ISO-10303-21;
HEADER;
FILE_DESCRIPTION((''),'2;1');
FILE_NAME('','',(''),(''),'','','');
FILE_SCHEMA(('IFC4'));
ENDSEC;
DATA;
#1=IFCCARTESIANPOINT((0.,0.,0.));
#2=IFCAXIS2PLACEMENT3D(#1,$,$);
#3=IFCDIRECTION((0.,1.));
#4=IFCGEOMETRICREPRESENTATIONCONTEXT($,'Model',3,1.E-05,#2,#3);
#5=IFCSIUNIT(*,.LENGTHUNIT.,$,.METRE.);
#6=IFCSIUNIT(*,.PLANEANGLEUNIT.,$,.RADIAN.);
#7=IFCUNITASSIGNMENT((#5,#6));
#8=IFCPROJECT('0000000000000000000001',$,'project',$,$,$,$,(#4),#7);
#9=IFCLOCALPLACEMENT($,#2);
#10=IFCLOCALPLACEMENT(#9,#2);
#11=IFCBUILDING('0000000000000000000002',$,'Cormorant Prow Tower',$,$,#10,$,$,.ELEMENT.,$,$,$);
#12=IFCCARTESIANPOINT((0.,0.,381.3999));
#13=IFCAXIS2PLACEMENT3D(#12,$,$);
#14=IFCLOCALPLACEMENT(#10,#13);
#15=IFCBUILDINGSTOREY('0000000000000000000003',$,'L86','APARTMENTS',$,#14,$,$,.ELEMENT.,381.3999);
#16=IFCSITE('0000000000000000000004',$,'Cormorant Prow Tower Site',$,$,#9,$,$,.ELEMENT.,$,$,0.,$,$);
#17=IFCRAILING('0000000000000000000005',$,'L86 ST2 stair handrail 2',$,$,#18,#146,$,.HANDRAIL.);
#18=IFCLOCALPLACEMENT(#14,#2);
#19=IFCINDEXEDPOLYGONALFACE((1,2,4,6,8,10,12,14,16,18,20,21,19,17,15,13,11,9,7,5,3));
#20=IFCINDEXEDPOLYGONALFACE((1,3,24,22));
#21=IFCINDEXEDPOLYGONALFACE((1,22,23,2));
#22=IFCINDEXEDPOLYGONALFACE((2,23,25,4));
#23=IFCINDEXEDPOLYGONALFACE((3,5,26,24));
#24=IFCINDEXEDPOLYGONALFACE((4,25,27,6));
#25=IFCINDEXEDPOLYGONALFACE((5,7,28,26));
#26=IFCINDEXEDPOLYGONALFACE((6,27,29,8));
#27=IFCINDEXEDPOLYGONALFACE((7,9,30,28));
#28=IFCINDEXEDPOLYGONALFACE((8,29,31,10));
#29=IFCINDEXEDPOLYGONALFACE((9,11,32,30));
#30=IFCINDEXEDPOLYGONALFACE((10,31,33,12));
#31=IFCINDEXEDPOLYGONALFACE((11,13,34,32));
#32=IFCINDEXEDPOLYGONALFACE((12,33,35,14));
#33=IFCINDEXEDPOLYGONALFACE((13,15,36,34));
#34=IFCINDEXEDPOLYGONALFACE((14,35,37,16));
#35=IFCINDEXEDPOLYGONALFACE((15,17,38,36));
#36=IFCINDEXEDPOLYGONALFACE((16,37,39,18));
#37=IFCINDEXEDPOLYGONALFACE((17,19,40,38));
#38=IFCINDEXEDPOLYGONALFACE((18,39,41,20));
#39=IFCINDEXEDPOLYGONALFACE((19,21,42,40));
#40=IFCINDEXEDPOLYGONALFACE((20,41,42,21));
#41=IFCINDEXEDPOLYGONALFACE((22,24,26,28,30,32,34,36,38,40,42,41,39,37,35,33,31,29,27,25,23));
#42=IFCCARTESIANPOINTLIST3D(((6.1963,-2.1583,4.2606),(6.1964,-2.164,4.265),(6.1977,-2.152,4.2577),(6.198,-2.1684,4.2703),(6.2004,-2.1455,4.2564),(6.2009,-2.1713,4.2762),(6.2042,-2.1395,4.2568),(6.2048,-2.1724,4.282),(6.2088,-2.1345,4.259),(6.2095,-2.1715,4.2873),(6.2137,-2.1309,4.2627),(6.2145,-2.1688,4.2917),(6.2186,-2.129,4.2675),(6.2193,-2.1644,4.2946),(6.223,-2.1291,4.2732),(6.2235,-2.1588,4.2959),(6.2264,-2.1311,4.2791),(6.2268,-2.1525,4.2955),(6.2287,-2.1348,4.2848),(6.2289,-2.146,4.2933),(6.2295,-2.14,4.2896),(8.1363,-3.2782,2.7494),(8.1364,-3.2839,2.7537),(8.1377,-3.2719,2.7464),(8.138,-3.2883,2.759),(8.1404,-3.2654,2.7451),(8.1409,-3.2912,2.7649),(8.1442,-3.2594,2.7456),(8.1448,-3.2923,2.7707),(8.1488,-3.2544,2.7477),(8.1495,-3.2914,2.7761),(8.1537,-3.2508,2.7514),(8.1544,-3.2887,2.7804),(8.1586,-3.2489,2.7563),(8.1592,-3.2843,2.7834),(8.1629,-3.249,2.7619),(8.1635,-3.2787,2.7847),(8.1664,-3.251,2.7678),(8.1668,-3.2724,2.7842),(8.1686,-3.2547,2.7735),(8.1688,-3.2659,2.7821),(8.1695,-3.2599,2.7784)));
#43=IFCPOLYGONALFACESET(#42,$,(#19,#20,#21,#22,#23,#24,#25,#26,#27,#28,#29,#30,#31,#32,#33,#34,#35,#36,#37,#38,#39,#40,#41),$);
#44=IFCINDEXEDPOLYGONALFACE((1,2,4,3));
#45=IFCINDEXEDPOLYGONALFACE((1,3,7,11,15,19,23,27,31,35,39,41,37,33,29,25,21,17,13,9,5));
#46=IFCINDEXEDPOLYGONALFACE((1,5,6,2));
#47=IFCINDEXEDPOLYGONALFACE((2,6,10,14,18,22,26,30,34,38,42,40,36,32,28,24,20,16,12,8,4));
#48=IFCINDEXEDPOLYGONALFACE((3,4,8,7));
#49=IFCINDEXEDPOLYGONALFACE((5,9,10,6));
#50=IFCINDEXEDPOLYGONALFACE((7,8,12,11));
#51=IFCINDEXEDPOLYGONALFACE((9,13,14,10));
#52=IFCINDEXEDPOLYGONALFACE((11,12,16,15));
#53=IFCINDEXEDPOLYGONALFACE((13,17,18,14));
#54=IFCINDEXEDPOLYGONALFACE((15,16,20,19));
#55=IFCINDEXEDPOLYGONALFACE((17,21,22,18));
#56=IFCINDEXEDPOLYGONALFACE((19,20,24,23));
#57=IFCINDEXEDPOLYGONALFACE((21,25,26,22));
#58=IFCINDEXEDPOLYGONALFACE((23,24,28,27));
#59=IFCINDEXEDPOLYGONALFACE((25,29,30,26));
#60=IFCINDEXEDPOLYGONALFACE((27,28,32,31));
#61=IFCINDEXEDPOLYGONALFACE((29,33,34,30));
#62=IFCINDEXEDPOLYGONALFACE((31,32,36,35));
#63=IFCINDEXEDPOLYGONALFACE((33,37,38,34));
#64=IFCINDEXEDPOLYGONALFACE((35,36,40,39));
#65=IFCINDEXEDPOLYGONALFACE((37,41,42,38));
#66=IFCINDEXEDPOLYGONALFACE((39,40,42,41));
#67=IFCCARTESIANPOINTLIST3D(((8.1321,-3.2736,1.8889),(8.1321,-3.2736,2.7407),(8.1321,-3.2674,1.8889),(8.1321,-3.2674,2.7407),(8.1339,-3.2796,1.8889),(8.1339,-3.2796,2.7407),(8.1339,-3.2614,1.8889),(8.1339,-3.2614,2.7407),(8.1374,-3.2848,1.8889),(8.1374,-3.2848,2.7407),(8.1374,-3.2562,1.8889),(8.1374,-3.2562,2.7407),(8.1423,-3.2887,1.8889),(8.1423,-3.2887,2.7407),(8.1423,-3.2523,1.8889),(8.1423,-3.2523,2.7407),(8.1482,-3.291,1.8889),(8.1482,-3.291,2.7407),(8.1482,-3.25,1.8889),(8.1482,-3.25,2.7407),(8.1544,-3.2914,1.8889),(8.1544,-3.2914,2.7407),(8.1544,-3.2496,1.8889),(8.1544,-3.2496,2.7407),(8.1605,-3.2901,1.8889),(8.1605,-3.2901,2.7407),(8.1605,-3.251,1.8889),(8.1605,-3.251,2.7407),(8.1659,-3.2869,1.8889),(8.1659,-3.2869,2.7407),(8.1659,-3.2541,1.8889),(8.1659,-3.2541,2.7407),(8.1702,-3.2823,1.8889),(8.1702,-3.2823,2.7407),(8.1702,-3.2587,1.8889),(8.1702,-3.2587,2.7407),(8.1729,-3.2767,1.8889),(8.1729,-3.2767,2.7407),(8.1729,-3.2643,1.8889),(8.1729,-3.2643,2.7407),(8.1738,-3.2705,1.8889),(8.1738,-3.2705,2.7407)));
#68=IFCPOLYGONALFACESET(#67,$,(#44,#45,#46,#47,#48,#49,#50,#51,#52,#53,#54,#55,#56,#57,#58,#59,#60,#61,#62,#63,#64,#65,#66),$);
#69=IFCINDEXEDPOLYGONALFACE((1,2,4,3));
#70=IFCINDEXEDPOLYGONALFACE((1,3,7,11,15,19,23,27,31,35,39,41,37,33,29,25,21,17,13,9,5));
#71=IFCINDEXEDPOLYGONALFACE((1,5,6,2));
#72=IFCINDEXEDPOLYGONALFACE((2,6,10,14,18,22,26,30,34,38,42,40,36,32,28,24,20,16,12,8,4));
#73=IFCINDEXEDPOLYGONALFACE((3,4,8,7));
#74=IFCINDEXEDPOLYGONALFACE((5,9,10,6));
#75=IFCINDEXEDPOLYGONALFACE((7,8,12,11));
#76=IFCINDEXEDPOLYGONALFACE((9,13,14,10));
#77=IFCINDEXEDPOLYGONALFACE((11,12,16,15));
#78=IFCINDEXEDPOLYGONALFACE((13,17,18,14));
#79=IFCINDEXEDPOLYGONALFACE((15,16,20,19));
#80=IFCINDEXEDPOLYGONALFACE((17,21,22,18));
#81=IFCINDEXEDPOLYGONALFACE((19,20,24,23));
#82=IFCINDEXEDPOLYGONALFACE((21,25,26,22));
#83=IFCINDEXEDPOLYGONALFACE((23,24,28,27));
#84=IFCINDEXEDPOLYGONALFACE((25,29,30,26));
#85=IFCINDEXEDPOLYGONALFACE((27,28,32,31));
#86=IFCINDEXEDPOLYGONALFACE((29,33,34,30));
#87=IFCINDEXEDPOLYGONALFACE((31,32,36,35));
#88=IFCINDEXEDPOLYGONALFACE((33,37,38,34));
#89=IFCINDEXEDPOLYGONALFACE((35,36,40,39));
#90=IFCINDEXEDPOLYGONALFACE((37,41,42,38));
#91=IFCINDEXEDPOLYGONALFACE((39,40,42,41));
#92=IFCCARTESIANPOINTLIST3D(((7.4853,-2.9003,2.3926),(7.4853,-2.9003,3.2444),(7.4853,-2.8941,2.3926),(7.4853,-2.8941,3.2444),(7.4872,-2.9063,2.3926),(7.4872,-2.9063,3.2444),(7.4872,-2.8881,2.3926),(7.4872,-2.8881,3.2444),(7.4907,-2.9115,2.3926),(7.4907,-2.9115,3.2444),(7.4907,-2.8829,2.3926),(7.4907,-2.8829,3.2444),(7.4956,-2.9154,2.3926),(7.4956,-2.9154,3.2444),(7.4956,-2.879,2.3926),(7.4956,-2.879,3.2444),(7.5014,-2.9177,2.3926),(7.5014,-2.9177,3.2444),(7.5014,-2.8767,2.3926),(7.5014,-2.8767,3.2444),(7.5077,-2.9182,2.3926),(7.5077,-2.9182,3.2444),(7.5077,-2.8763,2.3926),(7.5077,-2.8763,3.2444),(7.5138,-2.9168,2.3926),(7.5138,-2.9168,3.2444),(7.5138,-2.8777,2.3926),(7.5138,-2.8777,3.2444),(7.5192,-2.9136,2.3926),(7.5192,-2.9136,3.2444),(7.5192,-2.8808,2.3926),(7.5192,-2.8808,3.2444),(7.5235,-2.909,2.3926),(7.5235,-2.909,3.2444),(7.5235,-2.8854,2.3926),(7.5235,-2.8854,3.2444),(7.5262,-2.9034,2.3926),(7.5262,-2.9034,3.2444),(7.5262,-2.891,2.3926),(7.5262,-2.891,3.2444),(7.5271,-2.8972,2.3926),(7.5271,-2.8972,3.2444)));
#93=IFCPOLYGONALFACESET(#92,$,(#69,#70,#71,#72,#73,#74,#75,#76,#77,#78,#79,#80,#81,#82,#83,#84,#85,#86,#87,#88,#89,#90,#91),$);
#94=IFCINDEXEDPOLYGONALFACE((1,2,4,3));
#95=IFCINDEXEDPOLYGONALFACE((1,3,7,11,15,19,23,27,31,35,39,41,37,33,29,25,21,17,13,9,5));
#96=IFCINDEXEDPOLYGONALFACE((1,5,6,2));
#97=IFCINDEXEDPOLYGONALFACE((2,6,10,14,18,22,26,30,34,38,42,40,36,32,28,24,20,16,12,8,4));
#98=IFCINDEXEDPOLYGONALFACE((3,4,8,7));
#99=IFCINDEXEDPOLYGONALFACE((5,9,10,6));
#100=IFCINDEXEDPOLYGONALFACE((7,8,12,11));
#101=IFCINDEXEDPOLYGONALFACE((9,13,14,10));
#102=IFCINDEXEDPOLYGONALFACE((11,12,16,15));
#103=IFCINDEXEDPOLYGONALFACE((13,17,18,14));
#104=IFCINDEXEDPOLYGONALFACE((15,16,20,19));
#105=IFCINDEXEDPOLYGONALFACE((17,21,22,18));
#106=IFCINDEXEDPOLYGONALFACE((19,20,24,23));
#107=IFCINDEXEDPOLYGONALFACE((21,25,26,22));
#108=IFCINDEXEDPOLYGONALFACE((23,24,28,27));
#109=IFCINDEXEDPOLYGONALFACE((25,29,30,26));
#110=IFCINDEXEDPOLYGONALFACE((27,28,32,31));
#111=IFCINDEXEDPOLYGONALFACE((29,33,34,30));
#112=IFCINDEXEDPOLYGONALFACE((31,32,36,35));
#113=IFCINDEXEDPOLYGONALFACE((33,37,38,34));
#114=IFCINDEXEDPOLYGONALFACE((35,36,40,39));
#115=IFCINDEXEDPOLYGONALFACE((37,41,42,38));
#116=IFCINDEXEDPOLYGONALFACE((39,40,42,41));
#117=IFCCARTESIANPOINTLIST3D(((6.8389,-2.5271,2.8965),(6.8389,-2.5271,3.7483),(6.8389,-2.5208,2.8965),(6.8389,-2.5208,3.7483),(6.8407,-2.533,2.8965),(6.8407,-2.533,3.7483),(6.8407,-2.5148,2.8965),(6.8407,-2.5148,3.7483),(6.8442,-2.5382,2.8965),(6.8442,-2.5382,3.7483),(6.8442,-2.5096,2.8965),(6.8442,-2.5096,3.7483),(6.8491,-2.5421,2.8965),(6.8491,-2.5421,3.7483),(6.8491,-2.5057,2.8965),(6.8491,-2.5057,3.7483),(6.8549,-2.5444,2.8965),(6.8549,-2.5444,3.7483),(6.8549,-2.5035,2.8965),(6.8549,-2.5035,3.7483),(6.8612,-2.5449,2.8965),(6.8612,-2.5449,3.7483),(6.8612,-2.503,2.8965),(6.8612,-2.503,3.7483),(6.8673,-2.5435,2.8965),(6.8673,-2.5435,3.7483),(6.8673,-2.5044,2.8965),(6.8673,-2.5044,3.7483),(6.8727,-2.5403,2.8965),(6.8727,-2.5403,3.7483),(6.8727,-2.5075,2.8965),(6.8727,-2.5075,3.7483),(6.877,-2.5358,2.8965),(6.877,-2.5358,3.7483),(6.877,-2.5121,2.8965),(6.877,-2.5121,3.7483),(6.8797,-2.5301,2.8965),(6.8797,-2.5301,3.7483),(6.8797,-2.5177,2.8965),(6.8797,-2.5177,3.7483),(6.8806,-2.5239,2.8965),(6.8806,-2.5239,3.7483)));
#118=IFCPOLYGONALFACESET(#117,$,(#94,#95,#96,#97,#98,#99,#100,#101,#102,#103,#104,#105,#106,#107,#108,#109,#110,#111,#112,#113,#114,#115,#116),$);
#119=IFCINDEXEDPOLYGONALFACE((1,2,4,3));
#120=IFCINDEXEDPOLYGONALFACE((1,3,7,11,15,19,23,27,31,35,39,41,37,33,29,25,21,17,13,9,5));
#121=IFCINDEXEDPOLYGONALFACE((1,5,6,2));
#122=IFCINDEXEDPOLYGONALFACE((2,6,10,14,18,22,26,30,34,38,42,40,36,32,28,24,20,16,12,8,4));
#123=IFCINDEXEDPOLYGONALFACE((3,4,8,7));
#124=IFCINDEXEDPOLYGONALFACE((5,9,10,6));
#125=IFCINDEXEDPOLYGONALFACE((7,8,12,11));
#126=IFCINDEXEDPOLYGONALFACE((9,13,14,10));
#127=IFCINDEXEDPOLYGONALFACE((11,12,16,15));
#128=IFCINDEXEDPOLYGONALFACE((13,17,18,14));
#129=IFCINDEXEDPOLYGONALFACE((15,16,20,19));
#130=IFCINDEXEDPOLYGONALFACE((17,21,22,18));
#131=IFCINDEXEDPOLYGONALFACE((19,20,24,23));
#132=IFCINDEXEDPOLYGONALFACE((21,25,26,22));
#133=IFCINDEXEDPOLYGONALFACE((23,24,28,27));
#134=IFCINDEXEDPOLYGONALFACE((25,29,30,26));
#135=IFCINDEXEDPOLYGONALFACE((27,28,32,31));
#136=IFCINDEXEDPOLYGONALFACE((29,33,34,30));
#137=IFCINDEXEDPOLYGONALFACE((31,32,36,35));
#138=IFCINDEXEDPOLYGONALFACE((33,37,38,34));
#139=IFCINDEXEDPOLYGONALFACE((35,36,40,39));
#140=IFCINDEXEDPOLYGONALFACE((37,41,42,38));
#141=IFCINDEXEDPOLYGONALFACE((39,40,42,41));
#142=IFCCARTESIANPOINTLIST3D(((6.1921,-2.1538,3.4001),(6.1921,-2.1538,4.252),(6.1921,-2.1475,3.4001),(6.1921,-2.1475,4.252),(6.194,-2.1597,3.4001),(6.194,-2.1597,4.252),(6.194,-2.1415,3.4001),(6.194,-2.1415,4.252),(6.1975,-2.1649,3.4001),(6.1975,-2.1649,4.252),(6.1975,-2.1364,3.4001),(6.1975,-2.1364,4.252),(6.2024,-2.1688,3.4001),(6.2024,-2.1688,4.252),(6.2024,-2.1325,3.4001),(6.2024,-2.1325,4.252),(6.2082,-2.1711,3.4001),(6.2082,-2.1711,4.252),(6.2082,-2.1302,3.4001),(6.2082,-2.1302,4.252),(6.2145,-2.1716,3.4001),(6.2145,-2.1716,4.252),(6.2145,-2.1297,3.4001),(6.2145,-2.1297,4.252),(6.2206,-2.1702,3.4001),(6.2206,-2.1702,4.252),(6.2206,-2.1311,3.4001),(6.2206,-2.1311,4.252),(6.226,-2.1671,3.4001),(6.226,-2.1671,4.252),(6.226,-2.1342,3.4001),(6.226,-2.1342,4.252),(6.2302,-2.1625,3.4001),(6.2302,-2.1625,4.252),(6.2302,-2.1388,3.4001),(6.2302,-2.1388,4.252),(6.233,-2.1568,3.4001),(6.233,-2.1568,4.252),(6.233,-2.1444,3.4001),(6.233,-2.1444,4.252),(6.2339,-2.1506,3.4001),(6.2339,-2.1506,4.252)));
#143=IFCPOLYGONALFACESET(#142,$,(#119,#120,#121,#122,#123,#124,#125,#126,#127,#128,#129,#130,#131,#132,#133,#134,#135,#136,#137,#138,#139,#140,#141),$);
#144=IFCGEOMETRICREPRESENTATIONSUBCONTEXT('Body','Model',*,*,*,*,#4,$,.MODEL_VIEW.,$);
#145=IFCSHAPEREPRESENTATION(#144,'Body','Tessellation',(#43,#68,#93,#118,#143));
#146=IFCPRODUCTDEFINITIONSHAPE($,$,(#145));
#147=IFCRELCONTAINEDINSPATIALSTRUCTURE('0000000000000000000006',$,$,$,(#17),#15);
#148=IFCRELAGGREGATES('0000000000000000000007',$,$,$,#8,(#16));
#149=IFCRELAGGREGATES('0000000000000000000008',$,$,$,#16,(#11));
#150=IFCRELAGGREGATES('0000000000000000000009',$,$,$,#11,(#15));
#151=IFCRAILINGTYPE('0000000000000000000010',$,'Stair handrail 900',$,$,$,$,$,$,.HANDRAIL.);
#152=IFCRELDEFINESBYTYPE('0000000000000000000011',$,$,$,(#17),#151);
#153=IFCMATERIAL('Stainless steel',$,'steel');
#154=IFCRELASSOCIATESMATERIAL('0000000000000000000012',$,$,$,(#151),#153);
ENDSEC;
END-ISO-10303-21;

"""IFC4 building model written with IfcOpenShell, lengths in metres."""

from ifc_helpers import new_model, si_unit, direction, frame, origin, origin_2d, place, context, subcontext, project, spatial, circle, extrude, material, type_object, element, save


model = new_model("IFC4")

# Units and contexts
model_context = context("Model", 3, precision=1e-05, world=origin(), true_north=direction((0.0, 1.0)))
body_context = subcontext(model_context, "Body", "Model", "MODEL_VIEW")
ifc_project = project(units=[si_unit("LENGTHUNIT", "METRE"), si_unit("PLANEANGLEUNIT", "RADIAN")], contexts=[model_context])

# Site, building, storey
site_placement = place(None, origin())
site = spatial("IfcSite", under=ifc_project, at=site_placement, Name="Cormorant Prow Tower Site", CompositionType="ELEMENT", RefElevation=0.0)
building_placement = place(site_placement, origin())
building = spatial("IfcBuilding", under=site, at=building_placement, Name="Cormorant Prow Tower", CompositionType="ELEMENT")
storey_placement = place(building_placement, frame((0.0, 0.0, 381.3999)))
storey = spatial("IfcBuildingStorey", under=building, at=storey_placement, Name="L86", Description="APARTMENTS", CompositionType="ELEMENT", Elevation=381.3999)

# Railing
ifc_material_1 = material(Name="Stainless steel", Category="steel")
railing_type_1 = type_object("IfcRailingType", Name="Stair handrail 900", PredefinedType="HANDRAIL", material=ifc_material_1)
railing_1_placement = place(storey_placement, frame((8.1528, -3.2705, 1.8889)))
element("IfcRailing", 1, at=railing_1_placement, inside=storey, type_object=railing_type_1, Name="L86 ST2 stair handrail 2", PredefinedType="HANDRAIL", context=body_context, shape_type="SweptSolid", body=[
    extrude(circle(Radius=0.0239, at=origin_2d()), frame((0.0, 0.0, 0.876), z_axis=(-0.71794, 0.414447, 0.559281), x_axis=(-0.499949, -0.866055, 0.0)), (0.0, 0.0, 1.0), 2.7021),
    extrude(circle(Radius=0.021, at=origin_2d()), origin(), (0.0, 0.0, 1.0), 0.8518),
    extrude(circle(Radius=0.021, at=origin_2d()), frame((-0.6467, 0.3733, 0.5037)), (0.0, 0.0, 1.0), 0.8518),
    extrude(circle(Radius=0.021, at=origin_2d()), frame((-1.2932, 0.7466, 1.0076)), (0.0, 0.0, 1.0), 0.8518),
    extrude(circle(Radius=0.021, at=origin_2d()), frame((-1.9399, 1.1199, 1.5112)), (0.0, 0.0, 1.0), 0.8518),
])

save(model, "model.ifc")
